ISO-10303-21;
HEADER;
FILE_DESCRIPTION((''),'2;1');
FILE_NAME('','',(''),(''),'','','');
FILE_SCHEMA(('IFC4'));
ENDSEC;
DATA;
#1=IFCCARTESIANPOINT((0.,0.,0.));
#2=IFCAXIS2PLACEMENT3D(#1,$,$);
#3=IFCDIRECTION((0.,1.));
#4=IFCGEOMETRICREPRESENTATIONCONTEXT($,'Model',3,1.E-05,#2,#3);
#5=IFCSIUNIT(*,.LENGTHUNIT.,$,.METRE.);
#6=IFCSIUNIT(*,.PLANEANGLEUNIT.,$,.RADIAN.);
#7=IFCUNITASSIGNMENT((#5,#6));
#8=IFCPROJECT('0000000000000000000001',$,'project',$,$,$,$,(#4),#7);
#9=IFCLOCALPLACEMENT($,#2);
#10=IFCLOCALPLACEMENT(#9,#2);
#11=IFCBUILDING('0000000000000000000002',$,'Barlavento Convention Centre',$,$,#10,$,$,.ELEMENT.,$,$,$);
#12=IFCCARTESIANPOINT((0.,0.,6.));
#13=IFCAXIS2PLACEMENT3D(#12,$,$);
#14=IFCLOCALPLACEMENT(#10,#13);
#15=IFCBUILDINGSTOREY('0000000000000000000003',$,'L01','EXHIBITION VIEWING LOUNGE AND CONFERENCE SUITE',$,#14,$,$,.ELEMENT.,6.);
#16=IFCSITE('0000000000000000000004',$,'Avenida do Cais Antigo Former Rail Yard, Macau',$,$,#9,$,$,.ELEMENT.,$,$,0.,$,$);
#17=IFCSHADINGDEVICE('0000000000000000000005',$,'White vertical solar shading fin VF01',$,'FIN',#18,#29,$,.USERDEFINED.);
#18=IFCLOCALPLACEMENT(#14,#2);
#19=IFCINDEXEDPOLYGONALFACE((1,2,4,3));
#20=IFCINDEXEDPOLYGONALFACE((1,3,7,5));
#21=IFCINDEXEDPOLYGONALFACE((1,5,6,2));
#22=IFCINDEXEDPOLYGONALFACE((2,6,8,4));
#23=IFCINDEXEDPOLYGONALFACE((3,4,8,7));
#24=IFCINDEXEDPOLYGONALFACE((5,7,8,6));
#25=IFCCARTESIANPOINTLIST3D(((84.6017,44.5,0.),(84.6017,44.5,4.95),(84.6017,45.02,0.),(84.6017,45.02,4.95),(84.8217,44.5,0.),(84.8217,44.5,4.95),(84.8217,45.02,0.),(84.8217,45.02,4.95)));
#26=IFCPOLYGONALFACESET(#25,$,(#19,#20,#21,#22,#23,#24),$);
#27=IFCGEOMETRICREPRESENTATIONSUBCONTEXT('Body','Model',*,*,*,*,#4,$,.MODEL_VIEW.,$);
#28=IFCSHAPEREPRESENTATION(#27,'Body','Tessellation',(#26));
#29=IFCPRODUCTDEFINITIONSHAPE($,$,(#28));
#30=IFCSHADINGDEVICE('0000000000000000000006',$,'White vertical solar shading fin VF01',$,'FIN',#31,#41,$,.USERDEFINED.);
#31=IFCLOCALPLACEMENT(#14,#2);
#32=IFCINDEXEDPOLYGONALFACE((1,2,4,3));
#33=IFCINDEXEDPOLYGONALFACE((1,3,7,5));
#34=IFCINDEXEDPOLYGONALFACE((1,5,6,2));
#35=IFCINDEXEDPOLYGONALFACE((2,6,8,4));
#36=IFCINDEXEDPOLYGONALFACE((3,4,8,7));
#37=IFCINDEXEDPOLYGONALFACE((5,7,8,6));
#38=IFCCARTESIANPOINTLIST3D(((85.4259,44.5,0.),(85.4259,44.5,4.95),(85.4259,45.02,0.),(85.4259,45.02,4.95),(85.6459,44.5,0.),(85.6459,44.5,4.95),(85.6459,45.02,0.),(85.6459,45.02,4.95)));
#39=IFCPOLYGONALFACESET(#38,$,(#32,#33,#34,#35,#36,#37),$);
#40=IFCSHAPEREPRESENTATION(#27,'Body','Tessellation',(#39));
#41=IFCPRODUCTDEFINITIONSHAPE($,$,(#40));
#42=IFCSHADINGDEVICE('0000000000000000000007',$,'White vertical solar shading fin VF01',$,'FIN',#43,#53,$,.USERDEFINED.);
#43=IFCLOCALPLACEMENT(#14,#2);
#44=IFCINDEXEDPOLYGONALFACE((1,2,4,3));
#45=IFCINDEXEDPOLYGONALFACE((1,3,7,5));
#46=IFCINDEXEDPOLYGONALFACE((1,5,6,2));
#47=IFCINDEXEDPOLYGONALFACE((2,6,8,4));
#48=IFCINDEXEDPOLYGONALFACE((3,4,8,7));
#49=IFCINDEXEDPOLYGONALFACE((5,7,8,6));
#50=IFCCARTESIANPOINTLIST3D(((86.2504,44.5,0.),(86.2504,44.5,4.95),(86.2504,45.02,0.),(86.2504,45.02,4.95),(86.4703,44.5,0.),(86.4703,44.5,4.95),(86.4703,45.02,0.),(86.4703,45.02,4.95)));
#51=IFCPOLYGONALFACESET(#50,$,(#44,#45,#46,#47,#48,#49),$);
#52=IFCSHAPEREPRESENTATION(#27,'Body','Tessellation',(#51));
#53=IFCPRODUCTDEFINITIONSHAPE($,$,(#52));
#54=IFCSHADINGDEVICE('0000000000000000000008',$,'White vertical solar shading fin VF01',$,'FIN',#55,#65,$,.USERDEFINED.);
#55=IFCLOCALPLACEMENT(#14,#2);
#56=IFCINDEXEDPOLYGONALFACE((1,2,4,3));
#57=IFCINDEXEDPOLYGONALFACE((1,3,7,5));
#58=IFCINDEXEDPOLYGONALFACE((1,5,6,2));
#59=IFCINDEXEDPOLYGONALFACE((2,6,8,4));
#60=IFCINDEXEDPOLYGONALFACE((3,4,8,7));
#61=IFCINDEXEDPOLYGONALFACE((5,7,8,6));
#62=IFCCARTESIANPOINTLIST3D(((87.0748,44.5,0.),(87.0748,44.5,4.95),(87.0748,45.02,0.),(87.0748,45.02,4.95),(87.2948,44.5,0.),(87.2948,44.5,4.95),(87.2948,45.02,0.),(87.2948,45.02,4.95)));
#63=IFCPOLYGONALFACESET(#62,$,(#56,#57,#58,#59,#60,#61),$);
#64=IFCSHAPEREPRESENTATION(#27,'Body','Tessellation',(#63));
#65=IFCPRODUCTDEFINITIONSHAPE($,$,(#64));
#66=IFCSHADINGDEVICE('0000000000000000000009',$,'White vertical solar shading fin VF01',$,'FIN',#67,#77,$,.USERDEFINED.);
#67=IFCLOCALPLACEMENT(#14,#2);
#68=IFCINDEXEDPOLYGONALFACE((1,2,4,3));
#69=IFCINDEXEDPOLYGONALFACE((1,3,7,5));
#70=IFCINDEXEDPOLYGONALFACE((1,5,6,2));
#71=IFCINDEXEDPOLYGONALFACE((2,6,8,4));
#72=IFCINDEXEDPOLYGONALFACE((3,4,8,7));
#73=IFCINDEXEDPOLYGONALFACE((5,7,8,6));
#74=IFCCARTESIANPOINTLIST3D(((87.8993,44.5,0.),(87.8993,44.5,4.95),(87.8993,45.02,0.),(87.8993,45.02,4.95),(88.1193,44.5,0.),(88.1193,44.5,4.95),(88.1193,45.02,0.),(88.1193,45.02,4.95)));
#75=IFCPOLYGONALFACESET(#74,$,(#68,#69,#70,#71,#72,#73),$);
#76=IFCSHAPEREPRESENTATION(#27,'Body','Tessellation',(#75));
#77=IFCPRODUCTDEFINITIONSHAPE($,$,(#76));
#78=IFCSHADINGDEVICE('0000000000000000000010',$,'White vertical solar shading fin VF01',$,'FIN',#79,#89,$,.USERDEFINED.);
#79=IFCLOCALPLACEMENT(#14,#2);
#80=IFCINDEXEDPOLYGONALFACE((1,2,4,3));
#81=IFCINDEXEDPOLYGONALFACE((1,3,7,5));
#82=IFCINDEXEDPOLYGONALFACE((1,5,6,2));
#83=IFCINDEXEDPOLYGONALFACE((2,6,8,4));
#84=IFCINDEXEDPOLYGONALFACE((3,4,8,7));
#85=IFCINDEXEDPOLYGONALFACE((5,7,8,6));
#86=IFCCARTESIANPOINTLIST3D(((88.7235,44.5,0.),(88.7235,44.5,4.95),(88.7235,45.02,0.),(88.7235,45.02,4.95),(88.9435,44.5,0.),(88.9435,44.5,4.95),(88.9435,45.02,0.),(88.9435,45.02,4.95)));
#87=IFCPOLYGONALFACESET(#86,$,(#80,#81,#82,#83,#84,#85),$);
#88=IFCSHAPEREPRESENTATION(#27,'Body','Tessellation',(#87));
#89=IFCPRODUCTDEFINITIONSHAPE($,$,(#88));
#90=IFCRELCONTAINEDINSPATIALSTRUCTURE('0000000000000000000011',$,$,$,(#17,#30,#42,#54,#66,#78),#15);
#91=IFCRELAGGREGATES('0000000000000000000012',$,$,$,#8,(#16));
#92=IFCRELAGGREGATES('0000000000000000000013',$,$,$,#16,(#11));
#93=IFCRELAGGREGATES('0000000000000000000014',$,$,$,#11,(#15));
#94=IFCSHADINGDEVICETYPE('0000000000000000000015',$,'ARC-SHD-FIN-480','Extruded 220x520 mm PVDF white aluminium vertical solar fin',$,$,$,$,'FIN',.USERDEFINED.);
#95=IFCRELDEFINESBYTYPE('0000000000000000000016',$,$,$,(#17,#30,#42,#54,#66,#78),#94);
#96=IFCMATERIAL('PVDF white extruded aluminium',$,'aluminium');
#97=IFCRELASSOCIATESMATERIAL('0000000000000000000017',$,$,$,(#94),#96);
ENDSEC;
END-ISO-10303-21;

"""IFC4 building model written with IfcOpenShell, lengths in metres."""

from ifc_helpers import new_model, si_unit, direction, frame, origin, origin_2d, place, context, subcontext, project, spatial, rectangle, extrude, material, type_object, element, save


model = new_model("IFC4")

# Units and contexts
model_context = context("Model", 3, precision=1e-05, world=origin(), true_north=direction((0.0, 1.0)))
body_context = subcontext(model_context, "Body", "Model", "MODEL_VIEW")
ifc_project = project(units=[si_unit("LENGTHUNIT", "METRE"), si_unit("PLANEANGLEUNIT", "RADIAN")], contexts=[model_context])

# Site, building, storey
site_placement = place(None, origin())
site = spatial("IfcSite", under=ifc_project, at=site_placement, Name="Avenida do Cais Antigo Former Rail Yard, Macau", CompositionType="ELEMENT", RefElevation=0.0)
building_placement = place(site_placement, origin())
building = spatial("IfcBuilding", under=site, at=building_placement, Name="Barlavento Convention Centre", CompositionType="ELEMENT")
storey_placement = place(building_placement, frame((0.0, 0.0, 6.0)))
storey = spatial("IfcBuildingStorey", under=building, at=storey_placement, Name="L01", Description="EXHIBITION VIEWING LOUNGE AND CONFERENCE SUITE", CompositionType="ELEMENT", Elevation=6.0)

# Shading devices
ifc_material_1 = material(Name="PVDF white extruded aluminium", Category="aluminium")
shading_device_type = type_object("IfcShadingDeviceType", Name="ARC-SHD-FIN-480", Description="Extruded 220x520 mm PVDF white aluminium vertical solar fin", ElementType="FIN", PredefinedType="USERDEFINED", material=ifc_material_1)
for number, where, z_axis, x_axis, name in (
    (1, (84.7117, 44.76, 0.0), (0.0, 0.0, 1.0), (1.0, 0.0, 0.0), "White vertical solar shading fin VF01"),
    (2, (85.5359, 44.76, 0.0), (0.0, 0.0, 1.0), (1.0, 0.0, 0.0), "White vertical solar shading fin VF01"),
    (3, (86.3604, 44.76, 0.0), (0.0, 0.0, 1.0), (1.0, 0.0, 0.0), "White vertical solar shading fin VF01"),
    (4, (87.1848, 44.76, 0.0), (0.0, 0.0, 1.0), (1.0, 0.0, 0.0), "White vertical solar shading fin VF01"),
    (5, (88.0093, 44.76, 0.0), (0.0, 0.0, 1.0), (1.0, 0.0, 0.0), "White vertical solar shading fin VF01"),
    (6, (88.8335, 44.76, 0.0), (0.0, 0.0, 1.0), (1.0, 0.0, 0.0), "White vertical solar shading fin VF01"),
):
    element("IfcShadingDevice", number, at=place(storey_placement, frame(where, z_axis=z_axis, x_axis=x_axis)), inside=storey, type_object=shading_device_type, Name=name, ObjectType="FIN", PredefinedType="USERDEFINED", context=body_context, shape_type="SweptSolid", body=[
        extrude(rectangle(XDim=0.22, YDim=0.52, at=origin_2d()), origin(), (0.0, 0.0, 1.0), 4.95),
    ])

save(model, "model.ifc")
